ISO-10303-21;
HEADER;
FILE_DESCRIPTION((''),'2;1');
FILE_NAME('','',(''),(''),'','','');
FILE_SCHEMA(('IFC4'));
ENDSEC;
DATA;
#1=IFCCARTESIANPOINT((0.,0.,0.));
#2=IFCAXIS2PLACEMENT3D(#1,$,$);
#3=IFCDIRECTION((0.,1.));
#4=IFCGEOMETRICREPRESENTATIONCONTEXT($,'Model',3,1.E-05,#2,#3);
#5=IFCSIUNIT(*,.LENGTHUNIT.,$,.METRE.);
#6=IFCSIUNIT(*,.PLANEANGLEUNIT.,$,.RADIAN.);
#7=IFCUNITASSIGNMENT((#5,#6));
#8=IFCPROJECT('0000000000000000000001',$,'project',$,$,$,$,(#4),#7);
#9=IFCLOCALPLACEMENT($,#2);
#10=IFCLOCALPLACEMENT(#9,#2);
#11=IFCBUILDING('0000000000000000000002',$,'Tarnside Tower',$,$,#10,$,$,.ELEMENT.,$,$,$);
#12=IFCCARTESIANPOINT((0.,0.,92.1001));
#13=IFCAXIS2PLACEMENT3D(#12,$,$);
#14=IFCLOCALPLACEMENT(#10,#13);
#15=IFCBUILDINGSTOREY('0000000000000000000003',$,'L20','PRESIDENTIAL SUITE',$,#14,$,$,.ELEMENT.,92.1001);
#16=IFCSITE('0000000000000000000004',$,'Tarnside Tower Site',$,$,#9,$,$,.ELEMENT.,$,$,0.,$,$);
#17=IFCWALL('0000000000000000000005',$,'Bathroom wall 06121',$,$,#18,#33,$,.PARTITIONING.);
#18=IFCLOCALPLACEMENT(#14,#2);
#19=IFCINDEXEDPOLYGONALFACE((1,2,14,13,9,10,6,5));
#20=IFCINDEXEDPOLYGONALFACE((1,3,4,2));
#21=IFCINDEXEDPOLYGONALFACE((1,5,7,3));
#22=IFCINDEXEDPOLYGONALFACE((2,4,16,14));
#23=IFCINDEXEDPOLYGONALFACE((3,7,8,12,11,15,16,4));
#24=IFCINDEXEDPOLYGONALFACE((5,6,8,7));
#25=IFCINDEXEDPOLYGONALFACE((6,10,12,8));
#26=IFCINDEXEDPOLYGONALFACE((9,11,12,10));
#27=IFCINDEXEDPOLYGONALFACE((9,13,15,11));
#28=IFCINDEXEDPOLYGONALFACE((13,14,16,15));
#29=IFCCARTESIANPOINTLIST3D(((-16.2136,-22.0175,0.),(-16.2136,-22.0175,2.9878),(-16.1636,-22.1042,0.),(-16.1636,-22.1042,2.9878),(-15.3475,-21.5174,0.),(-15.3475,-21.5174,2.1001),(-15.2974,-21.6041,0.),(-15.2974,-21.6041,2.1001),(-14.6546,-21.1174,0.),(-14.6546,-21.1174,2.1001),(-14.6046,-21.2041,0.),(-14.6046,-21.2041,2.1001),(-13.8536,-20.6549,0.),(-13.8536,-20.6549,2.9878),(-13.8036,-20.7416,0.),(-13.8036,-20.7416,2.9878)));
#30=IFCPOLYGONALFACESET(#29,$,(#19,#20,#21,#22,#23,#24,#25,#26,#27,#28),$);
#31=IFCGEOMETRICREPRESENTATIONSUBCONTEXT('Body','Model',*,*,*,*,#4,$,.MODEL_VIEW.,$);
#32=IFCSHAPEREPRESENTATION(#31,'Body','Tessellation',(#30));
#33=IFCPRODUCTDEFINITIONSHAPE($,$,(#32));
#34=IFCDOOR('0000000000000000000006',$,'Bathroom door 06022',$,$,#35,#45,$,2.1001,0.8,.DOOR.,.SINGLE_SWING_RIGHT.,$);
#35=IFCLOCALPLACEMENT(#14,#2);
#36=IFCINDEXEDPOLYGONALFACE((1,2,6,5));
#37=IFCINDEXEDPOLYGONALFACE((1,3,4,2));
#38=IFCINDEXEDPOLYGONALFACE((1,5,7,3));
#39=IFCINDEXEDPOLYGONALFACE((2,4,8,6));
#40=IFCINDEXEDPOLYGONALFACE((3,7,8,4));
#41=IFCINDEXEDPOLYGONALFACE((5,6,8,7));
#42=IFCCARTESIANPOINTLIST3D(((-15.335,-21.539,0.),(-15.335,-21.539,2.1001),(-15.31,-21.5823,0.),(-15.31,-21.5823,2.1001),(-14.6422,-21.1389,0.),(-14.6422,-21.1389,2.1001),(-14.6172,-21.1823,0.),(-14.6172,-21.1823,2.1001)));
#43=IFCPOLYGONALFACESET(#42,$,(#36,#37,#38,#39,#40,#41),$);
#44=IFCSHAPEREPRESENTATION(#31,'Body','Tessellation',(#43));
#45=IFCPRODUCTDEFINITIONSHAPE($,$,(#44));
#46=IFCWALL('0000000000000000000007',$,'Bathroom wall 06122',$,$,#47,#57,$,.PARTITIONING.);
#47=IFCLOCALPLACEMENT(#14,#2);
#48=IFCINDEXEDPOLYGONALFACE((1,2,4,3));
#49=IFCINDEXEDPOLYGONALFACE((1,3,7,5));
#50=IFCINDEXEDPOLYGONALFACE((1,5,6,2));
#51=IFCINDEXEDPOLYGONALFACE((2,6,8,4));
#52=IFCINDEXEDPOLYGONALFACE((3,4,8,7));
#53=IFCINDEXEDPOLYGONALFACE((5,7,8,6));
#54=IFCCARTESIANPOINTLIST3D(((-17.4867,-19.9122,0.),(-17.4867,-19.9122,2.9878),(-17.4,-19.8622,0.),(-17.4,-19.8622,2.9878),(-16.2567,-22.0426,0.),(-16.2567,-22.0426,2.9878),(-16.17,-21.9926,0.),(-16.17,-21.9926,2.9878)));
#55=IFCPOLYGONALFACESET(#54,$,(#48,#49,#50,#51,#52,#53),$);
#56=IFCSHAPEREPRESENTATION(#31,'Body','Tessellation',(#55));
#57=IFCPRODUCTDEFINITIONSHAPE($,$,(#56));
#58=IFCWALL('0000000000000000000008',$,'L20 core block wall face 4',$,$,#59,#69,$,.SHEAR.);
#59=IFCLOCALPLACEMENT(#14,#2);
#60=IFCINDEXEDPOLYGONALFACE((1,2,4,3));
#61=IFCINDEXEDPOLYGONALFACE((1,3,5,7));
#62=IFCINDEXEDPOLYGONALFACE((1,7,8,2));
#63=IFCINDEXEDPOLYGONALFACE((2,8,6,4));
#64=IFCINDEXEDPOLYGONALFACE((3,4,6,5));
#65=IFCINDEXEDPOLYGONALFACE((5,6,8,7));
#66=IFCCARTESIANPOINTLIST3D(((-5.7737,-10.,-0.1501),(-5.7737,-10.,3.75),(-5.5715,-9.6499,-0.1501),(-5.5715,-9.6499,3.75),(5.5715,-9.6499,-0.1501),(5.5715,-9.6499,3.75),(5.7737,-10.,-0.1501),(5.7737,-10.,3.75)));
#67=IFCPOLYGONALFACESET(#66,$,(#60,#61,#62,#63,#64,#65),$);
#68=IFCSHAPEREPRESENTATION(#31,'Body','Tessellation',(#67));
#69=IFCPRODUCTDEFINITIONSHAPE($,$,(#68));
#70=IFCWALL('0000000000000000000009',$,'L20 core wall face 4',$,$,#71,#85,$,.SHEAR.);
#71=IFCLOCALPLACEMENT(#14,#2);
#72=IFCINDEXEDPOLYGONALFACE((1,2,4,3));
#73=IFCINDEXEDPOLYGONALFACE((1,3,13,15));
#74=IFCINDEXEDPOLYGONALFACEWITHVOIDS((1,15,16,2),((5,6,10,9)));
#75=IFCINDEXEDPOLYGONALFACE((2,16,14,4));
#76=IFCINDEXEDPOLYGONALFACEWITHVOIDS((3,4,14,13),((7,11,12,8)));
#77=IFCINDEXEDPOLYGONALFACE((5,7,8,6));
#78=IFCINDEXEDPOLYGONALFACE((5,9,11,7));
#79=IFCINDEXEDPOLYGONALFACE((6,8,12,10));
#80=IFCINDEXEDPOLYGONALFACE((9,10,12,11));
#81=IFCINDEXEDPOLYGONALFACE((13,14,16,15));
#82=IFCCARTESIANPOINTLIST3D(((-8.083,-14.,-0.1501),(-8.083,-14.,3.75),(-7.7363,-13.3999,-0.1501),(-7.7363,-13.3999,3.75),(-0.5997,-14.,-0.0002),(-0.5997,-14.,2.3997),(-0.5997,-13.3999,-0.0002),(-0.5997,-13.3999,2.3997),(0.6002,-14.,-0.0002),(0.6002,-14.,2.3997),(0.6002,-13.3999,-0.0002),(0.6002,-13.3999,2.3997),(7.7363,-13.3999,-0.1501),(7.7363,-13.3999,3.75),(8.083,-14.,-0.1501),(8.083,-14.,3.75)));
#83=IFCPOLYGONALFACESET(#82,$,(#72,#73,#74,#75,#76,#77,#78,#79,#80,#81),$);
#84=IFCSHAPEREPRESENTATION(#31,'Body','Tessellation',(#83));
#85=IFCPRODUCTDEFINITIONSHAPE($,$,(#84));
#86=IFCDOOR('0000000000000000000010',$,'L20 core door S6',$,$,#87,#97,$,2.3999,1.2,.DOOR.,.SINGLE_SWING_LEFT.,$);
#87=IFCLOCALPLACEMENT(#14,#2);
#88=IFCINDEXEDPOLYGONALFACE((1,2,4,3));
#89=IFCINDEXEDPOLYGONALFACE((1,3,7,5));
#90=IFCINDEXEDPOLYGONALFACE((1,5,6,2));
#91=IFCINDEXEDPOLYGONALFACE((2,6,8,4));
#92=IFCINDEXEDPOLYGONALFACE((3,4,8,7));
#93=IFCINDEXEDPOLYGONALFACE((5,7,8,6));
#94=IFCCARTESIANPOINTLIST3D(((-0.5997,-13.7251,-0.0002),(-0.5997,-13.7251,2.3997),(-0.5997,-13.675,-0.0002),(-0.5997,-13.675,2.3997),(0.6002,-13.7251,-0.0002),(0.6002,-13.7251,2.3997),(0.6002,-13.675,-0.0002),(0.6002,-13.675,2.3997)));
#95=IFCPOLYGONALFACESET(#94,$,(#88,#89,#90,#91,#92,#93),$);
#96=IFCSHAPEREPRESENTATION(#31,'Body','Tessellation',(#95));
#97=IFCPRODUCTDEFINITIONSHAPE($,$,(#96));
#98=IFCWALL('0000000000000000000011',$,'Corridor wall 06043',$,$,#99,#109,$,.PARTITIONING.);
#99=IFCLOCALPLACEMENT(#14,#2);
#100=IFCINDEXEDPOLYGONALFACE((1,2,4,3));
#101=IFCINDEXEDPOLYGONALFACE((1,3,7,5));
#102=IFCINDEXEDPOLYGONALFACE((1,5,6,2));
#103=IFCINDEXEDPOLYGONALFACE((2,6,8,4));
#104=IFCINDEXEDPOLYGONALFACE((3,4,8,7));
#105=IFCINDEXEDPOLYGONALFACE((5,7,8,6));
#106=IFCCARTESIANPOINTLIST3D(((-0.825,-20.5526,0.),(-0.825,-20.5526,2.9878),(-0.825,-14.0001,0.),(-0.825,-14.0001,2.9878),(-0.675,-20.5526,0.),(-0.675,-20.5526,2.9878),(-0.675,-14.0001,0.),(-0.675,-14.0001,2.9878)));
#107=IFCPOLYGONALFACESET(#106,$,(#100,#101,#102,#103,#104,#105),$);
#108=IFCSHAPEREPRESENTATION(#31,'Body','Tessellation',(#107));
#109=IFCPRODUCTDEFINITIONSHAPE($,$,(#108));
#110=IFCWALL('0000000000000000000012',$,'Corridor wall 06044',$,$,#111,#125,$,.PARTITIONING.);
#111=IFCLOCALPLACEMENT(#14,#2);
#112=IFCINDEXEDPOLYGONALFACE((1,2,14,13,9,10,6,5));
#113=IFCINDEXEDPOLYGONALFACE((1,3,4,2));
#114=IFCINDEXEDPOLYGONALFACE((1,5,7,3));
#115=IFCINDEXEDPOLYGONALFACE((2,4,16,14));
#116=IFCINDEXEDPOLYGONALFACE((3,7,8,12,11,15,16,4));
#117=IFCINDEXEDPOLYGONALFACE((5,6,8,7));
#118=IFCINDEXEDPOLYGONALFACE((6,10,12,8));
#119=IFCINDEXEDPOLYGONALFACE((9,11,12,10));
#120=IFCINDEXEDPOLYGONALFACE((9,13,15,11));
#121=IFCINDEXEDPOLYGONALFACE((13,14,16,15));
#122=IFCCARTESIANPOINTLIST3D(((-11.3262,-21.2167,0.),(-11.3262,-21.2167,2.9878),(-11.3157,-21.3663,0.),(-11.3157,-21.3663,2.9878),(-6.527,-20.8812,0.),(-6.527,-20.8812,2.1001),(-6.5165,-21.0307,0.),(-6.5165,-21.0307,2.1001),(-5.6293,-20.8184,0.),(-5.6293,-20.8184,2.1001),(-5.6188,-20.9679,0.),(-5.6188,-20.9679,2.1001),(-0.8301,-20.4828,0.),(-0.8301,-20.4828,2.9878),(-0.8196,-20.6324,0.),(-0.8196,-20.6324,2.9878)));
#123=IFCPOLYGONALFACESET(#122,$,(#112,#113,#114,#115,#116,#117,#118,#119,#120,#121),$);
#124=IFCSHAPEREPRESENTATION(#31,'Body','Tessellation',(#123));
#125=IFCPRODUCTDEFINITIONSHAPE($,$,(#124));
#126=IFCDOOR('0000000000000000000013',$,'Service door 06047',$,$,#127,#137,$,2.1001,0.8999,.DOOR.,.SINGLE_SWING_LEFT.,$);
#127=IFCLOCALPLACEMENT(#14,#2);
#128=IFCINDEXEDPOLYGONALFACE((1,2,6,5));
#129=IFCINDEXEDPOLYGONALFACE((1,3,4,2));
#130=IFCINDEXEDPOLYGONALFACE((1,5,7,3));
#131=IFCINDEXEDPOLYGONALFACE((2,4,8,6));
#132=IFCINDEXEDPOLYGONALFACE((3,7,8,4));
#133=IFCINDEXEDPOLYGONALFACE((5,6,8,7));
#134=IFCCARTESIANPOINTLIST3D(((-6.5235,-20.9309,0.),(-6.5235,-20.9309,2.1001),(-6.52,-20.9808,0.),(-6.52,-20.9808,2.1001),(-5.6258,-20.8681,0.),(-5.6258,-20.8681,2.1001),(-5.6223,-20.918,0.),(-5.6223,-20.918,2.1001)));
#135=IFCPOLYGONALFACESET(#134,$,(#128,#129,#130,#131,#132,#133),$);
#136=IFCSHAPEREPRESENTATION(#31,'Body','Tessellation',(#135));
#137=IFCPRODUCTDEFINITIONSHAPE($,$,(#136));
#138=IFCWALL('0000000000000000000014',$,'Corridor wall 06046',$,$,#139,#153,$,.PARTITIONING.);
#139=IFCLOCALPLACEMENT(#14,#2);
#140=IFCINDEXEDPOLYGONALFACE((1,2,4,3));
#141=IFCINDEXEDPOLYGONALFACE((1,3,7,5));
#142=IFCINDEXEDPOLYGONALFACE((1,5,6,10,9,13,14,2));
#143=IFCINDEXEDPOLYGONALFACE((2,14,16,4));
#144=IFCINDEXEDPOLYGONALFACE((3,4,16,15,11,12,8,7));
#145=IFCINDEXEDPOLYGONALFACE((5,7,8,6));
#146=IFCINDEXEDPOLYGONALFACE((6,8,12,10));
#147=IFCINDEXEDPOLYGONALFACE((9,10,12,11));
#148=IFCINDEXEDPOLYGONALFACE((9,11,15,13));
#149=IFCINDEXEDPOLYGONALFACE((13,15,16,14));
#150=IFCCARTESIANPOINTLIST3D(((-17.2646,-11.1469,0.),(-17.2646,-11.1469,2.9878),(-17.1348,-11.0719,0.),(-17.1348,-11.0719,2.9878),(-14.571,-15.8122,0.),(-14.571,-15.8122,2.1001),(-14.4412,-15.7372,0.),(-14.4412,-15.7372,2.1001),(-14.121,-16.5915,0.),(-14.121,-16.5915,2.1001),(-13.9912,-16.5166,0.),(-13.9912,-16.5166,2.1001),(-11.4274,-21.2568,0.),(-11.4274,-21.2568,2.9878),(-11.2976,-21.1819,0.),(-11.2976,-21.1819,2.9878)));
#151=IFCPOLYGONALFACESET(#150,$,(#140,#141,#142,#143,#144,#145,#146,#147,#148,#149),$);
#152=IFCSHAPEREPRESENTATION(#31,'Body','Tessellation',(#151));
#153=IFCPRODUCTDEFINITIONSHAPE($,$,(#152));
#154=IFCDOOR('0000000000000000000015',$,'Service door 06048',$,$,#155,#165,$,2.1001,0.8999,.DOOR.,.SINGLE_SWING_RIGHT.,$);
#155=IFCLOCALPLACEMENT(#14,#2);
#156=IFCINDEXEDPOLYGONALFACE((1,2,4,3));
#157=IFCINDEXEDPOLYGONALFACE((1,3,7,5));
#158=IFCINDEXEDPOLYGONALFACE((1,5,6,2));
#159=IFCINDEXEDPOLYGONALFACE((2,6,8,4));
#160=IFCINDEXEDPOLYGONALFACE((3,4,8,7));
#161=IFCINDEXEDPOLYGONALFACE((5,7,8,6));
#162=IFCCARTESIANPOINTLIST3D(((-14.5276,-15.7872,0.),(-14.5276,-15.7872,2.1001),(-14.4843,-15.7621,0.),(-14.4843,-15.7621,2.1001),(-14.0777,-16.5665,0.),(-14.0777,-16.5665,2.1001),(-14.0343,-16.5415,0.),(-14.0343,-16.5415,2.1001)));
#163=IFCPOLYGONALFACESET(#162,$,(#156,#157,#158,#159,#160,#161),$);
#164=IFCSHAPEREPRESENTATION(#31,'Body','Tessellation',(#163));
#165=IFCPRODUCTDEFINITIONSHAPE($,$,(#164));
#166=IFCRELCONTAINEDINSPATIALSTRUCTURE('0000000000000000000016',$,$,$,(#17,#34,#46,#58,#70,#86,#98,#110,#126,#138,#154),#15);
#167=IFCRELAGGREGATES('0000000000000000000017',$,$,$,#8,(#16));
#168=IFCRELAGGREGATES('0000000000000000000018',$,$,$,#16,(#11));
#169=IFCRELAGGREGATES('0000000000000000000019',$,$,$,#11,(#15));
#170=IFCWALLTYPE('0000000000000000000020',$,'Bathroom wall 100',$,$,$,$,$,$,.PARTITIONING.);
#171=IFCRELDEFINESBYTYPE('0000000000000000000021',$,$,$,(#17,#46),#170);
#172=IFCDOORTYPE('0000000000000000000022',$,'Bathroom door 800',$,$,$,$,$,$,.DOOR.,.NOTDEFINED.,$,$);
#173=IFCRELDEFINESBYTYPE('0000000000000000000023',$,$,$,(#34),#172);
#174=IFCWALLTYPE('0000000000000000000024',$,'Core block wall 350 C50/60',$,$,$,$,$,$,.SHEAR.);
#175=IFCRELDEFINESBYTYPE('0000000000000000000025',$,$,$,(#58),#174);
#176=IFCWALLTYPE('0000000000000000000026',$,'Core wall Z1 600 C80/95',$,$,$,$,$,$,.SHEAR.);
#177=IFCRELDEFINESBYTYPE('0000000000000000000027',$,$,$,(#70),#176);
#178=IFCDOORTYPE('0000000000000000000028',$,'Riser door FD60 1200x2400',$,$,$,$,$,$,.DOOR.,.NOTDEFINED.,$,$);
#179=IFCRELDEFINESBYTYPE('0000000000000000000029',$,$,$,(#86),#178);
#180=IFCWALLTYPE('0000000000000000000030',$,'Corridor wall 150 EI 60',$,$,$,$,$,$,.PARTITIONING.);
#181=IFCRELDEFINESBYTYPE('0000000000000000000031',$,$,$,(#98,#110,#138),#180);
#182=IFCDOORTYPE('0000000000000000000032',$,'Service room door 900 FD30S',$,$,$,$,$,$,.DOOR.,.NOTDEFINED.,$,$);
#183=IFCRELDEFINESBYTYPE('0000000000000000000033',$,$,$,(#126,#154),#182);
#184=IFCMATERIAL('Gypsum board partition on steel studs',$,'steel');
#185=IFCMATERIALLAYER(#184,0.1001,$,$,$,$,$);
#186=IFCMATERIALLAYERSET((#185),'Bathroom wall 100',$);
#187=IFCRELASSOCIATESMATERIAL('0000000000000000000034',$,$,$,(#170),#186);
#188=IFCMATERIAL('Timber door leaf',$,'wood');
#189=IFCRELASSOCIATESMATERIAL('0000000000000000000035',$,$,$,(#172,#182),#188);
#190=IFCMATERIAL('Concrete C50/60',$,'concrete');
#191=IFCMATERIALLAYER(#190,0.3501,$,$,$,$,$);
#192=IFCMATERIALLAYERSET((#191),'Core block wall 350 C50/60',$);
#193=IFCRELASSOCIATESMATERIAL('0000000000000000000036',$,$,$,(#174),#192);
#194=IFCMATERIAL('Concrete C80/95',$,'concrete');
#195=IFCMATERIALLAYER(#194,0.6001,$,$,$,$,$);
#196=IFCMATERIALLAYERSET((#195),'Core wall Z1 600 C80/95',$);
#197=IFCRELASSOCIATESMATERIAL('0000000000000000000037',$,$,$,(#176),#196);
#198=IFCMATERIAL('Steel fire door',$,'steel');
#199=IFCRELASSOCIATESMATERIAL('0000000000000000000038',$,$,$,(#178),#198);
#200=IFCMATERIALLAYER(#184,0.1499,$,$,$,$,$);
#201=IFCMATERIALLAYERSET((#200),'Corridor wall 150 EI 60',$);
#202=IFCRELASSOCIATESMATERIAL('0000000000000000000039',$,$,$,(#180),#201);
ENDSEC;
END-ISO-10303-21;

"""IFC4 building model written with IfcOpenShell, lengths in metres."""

from ifc_helpers import new_model, si_unit, direction, frame, frame_2d, origin, place, context, subcontext, project, spatial, polyline, rectangle, outline, extrude, material, layer, layer_set, type_object, element, fill, save


model = new_model("IFC4")

# Units and contexts
model_context = context("Model", 3, precision=1e-05, world=origin(), true_north=direction((0.0, 1.0)))
body_context = subcontext(model_context, "Body", "Model", "MODEL_VIEW")
ifc_project = project(units=[si_unit("LENGTHUNIT", "METRE"), si_unit("PLANEANGLEUNIT", "RADIAN")], contexts=[model_context])

# Site, building, storey
site_placement = place(None, origin())
site = spatial("IfcSite", under=ifc_project, at=site_placement, Name="Tarnside Tower Site", CompositionType="ELEMENT", RefElevation=0.0)
building_placement = place(site_placement, origin())
building = spatial("IfcBuilding", under=site, at=building_placement, Name="Tarnside Tower", CompositionType="ELEMENT")
storey_placement = place(building_placement, frame((0.0, 0.0, 92.1001)))
storey = spatial("IfcBuildingStorey", under=building, at=storey_placement, Name="L20", Description="PRESIDENTIAL SUITE", CompositionType="ELEMENT", Elevation=92.1001)

# Wall, opening, door
ifc_material_1 = material(Name="Gypsum board partition on steel studs", Category="steel")
ifc_layer_1 = layer(ifc_material_1, 0.1001)
ifc_layer_set_1 = layer_set([ifc_layer_1], Name="Bathroom wall 100")
wall_type_1 = type_object("IfcWallType", Name="Bathroom wall 100", PredefinedType="PARTITIONING", material=ifc_layer_set_1)
wall_1_placement = place(storey_placement, frame((-13.8286, -20.6982, 0.0), z_axis=(0.0, 0.0, 1.0), x_axis=(-0.866013, -0.500022, 0.0)))
wall_1 = element("IfcWall", 1, at=wall_1_placement, inside=storey, type_object=wall_type_1, Name="Bathroom wall 06121", PredefinedType="PARTITIONING", context=body_context, shape_type="SweptSolid", body=[
    extrude(rectangle(XDim=2.7251, YDim=0.1001, at=frame_2d((1.3625, 0.0))), origin(), (0.0, 0.0, 1.0), 2.9878),
])
opening_1_placement = place(wall_1_placement, frame((0.925, 0.0, 0.0)))
opening_1 = element("IfcOpeningElement", 2, at=opening_1_placement, cuts=wall_1, PredefinedType="OPENING", context=body_context, shape_type="SweptSolid", body=[
    extrude(rectangle(XDim=0.8, YDim=2.1001, at=frame_2d((0.3999, 1.05))), frame((0.0, 0.0601, 0.0), z_axis=(0.0, -1.0, 0.0), x_axis=(1.0, 0.0, 0.0)), (0.0, 0.0, 1.0), 0.1201),
])
ifc_material_2 = material(Name="Timber door leaf", Category="wood")
door_type_1 = type_object("IfcDoorType", Name="Bathroom door 800", OperationType="NOTDEFINED", PredefinedType="DOOR", material=ifc_material_2)
door_1_placement = place(opening_1_placement, origin())
door_1 = element("IfcDoor", 3, at=door_1_placement, inside=storey, type_object=door_type_1, Name="Bathroom door 06022", OperationType="SINGLE_SWING_RIGHT", OverallHeight=2.1001, OverallWidth=0.8, PredefinedType="DOOR", context=body_context, shape_type="SweptSolid", body=[
    extrude(rectangle(XDim=0.8, YDim=2.1001, at=frame_2d((0.3999, 1.05))), frame((0.0, 0.0249, 0.0), z_axis=(0.0, -1.0, 0.0), x_axis=(1.0, 0.0, 0.0)), (0.0, 0.0, 1.0), 0.05),
])
fill(opening_1, door_1)

# Walls
wall_2_placement = place(storey_placement, frame((-16.2134, -22.0176, 0.0), z_axis=(0.0, 0.0, 1.0), x_axis=(-0.500003, 0.866024, 0.0)))
element("IfcWall", 4, at=wall_2_placement, inside=storey, type_object=wall_type_1, Name="Bathroom wall 06122", PredefinedType="PARTITIONING", context=body_context, shape_type="SweptSolid", body=[
    extrude(rectangle(XDim=2.46, YDim=0.1001, at=frame_2d((1.23, 0.0))), origin(), (0.0, 0.0, 1.0), 2.9878),
])
ifc_material_3 = material(Name="Concrete C50/60", Category="concrete")
ifc_layer_2 = layer(ifc_material_3, 0.3501)
ifc_layer_set_2 = layer_set([ifc_layer_2], Name="Core block wall 350 C50/60")
wall_type_2 = type_object("IfcWallType", Name="Core block wall 350 C50/60", PredefinedType="SHEAR", material=ifc_layer_set_2)
wall_3_placement = place(storey_placement, frame((-5.6726, -9.825, -0.1501), z_axis=(0.0, 0.0, 1.0), x_axis=(1.0, 0.0, 0.0)))
element("IfcWall", 5, at=wall_3_placement, inside=storey, type_object=wall_type_2, Name="L20 core block wall face 4", PredefinedType="SHEAR", context=body_context, shape_type="SweptSolid", body=[
    extrude(outline(polyline([(-0.1011, -0.175), (11.4463, -0.175), (11.2441, 0.175), (0.1011, 0.175), (-0.1011, -0.175)])), origin(), (0.0, 0.0, 1.0), 3.9001),
])

# Wall, opening, door
ifc_material_4 = material(Name="Concrete C80/95", Category="concrete")
ifc_layer_3 = layer(ifc_material_4, 0.6001)
ifc_layer_set_3 = layer_set([ifc_layer_3], Name="Core wall Z1 600 C80/95")
wall_type_3 = type_object("IfcWallType", Name="Core wall Z1 600 C80/95", PredefinedType="SHEAR", material=ifc_layer_set_3)
wall_4_placement = place(storey_placement, frame((-7.9097, -13.7, -0.1501), z_axis=(0.0, 0.0, 1.0), x_axis=(1.0, 0.0, 0.0)))
wall_4 = element("IfcWall", 6, at=wall_4_placement, inside=storey, type_object=wall_type_3, Name="L20 core wall face 4", PredefinedType="SHEAR", context=body_context, shape_type="SweptSolid", body=[
    extrude(outline(polyline([(-0.1733, -0.3), (15.9927, -0.3), (15.646, 0.3), (0.1733, 0.3), (-0.1733, -0.3)])), origin(), (0.0, 0.0, 1.0), 3.9001),
])
opening_2_placement = place(wall_4_placement, frame((7.3098, 0.0, 0.1499)))
opening_2 = element("IfcOpeningElement", 7, at=opening_2_placement, cuts=wall_4, PredefinedType="OPENING", context=body_context, shape_type="SweptSolid", body=[
    extrude(rectangle(XDim=1.2, YDim=2.3999, at=frame_2d((0.6001, 1.2))), frame((0.0, 0.3101, 0.0), z_axis=(0.0, -1.0, 0.0), x_axis=(1.0, 0.0, 0.0)), (0.0, 0.0, 1.0), 0.6201),
])
ifc_material_5 = material(Name="Steel fire door", Category="steel")
door_type_2 = type_object("IfcDoorType", Name="Riser door FD60 1200x2400", OperationType="NOTDEFINED", PredefinedType="DOOR", material=ifc_material_5)
door_2_placement = place(opening_2_placement, origin())
door_2 = element("IfcDoor", 8, at=door_2_placement, inside=storey, type_object=door_type_2, Name="L20 core door S6", OperationType="SINGLE_SWING_LEFT", OverallHeight=2.3999, OverallWidth=1.2, PredefinedType="DOOR", context=body_context, shape_type="SweptSolid", body=[
    extrude(rectangle(XDim=1.2, YDim=2.3999, at=frame_2d((0.6001, 1.2))), frame((0.0, 0.0249, 0.0), z_axis=(0.0, -1.0, 0.0), x_axis=(1.0, 0.0, 0.0)), (0.0, 0.0, 1.0), 0.05),
])
fill(opening_2, door_2)

# Wall
ifc_layer_4 = layer(ifc_material_1, 0.1499)
ifc_layer_set_4 = layer_set([ifc_layer_4], Name="Corridor wall 150 EI 60")
wall_type_4 = type_object("IfcWallType", Name="Corridor wall 150 EI 60", PredefinedType="PARTITIONING", material=ifc_layer_set_4)
wall_5_placement = place(storey_placement, frame((-0.75, -14.0, 0.0), z_axis=(0.0, 0.0, 1.0), x_axis=(0.0, -1.0, 0.0)))
element("IfcWall", 9, at=wall_5_placement, inside=storey, type_object=wall_type_4, Name="Corridor wall 06043", PredefinedType="PARTITIONING", context=body_context, shape_type="SweptSolid", body=[
    extrude(rectangle(XDim=6.5525, YDim=0.1499, at=frame_2d((3.2764, 0.0))), origin(), (0.0, 0.0, 1.0), 2.9878),
])

# Walls, openings, doors
wall_6_placement = place(storey_placement, frame((-0.825, -20.5576, 0.0), z_axis=(0.0, 0.0, 1.0), x_axis=(-0.997565, -0.06975, 0.0)))
wall_6 = element("IfcWall", 10, at=wall_6_placement, inside=storey, type_object=wall_type_4, Name="Corridor wall 06044", PredefinedType="PARTITIONING", context=body_context, shape_type="SweptSolid", body=[
    extrude(rectangle(XDim=10.5217, YDim=0.1499, at=frame_2d((5.2607, 0.0))), origin(), (0.0, 0.0, 1.0), 2.9878),
])
opening_3_placement = place(wall_6_placement, frame((4.8108, 0.0, 0.0)))
opening_3 = element("IfcOpeningElement", 11, at=opening_3_placement, cuts=wall_6, PredefinedType="OPENING", context=body_context, shape_type="SweptSolid", body=[
    extrude(rectangle(XDim=0.8999, YDim=2.1001, at=frame_2d((0.45, 1.05))), frame((0.0, 0.085, 0.0), z_axis=(0.0, -1.0, 0.0), x_axis=(1.0, 0.0, 0.0)), (0.0, 0.0, 1.0), 0.1699),
])
door_type_3 = type_object("IfcDoorType", Name="Service room door 900 FD30S", OperationType="NOTDEFINED", PredefinedType="DOOR", material=ifc_material_2)
door_3_placement = place(opening_3_placement, origin())
door_3 = element("IfcDoor", 12, at=door_3_placement, inside=storey, type_object=door_type_3, Name="Service door 06047", OperationType="SINGLE_SWING_LEFT", OverallHeight=2.1001, OverallWidth=0.8999, PredefinedType="DOOR", context=body_context, shape_type="SweptSolid", body=[
    extrude(rectangle(XDim=0.8999, YDim=2.1001, at=frame_2d((0.45, 1.05))), frame((0.0, 0.0249, 0.0), z_axis=(0.0, -1.0, 0.0), x_axis=(1.0, 0.0, 0.0)), (0.0, 0.0, 1.0), 0.05),
])
fill(opening_3, door_3)
wall_7_placement = place(storey_placement, frame((-11.3625, -21.2192, 0.0), z_axis=(0.0, 0.0, 1.0), x_axis=(-0.500015, 0.866017, 0.0)))
wall_7 = element("IfcWall", 13, at=wall_7_placement, inside=storey, type_object=wall_type_4, Name="Corridor wall 06046", PredefinedType="PARTITIONING", context=body_context, shape_type="SweptSolid", body=[
    extrude(rectangle(XDim=11.6741, YDim=0.1499, at=frame_2d((5.8369, 0.0))), origin(), (0.0, 0.0, 1.0), 2.9878),
])
opening_4_placement = place(wall_7_placement, frame((5.387, 0.0, 0.0)))
opening_4 = element("IfcOpeningElement", 14, at=opening_4_placement, cuts=wall_7, PredefinedType="OPENING", context=body_context, shape_type="SweptSolid", body=[
    extrude(rectangle(XDim=0.8999, YDim=2.1001, at=frame_2d((0.45, 1.05))), frame((0.0, 0.085, 0.0), z_axis=(0.0, -1.0, 0.0), x_axis=(1.0, 0.0, 0.0)), (0.0, 0.0, 1.0), 0.1699),
])
door_4_placement = place(opening_4_placement, origin())
door_4 = element("IfcDoor", 15, at=door_4_placement, inside=storey, type_object=door_type_3, Name="Service door 06048", OperationType="SINGLE_SWING_RIGHT", OverallHeight=2.1001, OverallWidth=0.8999, PredefinedType="DOOR", context=body_context, shape_type="SweptSolid", body=[
    extrude(rectangle(XDim=0.8999, YDim=2.1001, at=frame_2d((0.45, 1.05))), frame((0.0, 0.0249, 0.0), z_axis=(0.0, -1.0, 0.0), x_axis=(1.0, 0.0, 0.0)), (0.0, 0.0, 1.0), 0.05),
])
fill(opening_4, door_4)

save(model, "model.ifc")
